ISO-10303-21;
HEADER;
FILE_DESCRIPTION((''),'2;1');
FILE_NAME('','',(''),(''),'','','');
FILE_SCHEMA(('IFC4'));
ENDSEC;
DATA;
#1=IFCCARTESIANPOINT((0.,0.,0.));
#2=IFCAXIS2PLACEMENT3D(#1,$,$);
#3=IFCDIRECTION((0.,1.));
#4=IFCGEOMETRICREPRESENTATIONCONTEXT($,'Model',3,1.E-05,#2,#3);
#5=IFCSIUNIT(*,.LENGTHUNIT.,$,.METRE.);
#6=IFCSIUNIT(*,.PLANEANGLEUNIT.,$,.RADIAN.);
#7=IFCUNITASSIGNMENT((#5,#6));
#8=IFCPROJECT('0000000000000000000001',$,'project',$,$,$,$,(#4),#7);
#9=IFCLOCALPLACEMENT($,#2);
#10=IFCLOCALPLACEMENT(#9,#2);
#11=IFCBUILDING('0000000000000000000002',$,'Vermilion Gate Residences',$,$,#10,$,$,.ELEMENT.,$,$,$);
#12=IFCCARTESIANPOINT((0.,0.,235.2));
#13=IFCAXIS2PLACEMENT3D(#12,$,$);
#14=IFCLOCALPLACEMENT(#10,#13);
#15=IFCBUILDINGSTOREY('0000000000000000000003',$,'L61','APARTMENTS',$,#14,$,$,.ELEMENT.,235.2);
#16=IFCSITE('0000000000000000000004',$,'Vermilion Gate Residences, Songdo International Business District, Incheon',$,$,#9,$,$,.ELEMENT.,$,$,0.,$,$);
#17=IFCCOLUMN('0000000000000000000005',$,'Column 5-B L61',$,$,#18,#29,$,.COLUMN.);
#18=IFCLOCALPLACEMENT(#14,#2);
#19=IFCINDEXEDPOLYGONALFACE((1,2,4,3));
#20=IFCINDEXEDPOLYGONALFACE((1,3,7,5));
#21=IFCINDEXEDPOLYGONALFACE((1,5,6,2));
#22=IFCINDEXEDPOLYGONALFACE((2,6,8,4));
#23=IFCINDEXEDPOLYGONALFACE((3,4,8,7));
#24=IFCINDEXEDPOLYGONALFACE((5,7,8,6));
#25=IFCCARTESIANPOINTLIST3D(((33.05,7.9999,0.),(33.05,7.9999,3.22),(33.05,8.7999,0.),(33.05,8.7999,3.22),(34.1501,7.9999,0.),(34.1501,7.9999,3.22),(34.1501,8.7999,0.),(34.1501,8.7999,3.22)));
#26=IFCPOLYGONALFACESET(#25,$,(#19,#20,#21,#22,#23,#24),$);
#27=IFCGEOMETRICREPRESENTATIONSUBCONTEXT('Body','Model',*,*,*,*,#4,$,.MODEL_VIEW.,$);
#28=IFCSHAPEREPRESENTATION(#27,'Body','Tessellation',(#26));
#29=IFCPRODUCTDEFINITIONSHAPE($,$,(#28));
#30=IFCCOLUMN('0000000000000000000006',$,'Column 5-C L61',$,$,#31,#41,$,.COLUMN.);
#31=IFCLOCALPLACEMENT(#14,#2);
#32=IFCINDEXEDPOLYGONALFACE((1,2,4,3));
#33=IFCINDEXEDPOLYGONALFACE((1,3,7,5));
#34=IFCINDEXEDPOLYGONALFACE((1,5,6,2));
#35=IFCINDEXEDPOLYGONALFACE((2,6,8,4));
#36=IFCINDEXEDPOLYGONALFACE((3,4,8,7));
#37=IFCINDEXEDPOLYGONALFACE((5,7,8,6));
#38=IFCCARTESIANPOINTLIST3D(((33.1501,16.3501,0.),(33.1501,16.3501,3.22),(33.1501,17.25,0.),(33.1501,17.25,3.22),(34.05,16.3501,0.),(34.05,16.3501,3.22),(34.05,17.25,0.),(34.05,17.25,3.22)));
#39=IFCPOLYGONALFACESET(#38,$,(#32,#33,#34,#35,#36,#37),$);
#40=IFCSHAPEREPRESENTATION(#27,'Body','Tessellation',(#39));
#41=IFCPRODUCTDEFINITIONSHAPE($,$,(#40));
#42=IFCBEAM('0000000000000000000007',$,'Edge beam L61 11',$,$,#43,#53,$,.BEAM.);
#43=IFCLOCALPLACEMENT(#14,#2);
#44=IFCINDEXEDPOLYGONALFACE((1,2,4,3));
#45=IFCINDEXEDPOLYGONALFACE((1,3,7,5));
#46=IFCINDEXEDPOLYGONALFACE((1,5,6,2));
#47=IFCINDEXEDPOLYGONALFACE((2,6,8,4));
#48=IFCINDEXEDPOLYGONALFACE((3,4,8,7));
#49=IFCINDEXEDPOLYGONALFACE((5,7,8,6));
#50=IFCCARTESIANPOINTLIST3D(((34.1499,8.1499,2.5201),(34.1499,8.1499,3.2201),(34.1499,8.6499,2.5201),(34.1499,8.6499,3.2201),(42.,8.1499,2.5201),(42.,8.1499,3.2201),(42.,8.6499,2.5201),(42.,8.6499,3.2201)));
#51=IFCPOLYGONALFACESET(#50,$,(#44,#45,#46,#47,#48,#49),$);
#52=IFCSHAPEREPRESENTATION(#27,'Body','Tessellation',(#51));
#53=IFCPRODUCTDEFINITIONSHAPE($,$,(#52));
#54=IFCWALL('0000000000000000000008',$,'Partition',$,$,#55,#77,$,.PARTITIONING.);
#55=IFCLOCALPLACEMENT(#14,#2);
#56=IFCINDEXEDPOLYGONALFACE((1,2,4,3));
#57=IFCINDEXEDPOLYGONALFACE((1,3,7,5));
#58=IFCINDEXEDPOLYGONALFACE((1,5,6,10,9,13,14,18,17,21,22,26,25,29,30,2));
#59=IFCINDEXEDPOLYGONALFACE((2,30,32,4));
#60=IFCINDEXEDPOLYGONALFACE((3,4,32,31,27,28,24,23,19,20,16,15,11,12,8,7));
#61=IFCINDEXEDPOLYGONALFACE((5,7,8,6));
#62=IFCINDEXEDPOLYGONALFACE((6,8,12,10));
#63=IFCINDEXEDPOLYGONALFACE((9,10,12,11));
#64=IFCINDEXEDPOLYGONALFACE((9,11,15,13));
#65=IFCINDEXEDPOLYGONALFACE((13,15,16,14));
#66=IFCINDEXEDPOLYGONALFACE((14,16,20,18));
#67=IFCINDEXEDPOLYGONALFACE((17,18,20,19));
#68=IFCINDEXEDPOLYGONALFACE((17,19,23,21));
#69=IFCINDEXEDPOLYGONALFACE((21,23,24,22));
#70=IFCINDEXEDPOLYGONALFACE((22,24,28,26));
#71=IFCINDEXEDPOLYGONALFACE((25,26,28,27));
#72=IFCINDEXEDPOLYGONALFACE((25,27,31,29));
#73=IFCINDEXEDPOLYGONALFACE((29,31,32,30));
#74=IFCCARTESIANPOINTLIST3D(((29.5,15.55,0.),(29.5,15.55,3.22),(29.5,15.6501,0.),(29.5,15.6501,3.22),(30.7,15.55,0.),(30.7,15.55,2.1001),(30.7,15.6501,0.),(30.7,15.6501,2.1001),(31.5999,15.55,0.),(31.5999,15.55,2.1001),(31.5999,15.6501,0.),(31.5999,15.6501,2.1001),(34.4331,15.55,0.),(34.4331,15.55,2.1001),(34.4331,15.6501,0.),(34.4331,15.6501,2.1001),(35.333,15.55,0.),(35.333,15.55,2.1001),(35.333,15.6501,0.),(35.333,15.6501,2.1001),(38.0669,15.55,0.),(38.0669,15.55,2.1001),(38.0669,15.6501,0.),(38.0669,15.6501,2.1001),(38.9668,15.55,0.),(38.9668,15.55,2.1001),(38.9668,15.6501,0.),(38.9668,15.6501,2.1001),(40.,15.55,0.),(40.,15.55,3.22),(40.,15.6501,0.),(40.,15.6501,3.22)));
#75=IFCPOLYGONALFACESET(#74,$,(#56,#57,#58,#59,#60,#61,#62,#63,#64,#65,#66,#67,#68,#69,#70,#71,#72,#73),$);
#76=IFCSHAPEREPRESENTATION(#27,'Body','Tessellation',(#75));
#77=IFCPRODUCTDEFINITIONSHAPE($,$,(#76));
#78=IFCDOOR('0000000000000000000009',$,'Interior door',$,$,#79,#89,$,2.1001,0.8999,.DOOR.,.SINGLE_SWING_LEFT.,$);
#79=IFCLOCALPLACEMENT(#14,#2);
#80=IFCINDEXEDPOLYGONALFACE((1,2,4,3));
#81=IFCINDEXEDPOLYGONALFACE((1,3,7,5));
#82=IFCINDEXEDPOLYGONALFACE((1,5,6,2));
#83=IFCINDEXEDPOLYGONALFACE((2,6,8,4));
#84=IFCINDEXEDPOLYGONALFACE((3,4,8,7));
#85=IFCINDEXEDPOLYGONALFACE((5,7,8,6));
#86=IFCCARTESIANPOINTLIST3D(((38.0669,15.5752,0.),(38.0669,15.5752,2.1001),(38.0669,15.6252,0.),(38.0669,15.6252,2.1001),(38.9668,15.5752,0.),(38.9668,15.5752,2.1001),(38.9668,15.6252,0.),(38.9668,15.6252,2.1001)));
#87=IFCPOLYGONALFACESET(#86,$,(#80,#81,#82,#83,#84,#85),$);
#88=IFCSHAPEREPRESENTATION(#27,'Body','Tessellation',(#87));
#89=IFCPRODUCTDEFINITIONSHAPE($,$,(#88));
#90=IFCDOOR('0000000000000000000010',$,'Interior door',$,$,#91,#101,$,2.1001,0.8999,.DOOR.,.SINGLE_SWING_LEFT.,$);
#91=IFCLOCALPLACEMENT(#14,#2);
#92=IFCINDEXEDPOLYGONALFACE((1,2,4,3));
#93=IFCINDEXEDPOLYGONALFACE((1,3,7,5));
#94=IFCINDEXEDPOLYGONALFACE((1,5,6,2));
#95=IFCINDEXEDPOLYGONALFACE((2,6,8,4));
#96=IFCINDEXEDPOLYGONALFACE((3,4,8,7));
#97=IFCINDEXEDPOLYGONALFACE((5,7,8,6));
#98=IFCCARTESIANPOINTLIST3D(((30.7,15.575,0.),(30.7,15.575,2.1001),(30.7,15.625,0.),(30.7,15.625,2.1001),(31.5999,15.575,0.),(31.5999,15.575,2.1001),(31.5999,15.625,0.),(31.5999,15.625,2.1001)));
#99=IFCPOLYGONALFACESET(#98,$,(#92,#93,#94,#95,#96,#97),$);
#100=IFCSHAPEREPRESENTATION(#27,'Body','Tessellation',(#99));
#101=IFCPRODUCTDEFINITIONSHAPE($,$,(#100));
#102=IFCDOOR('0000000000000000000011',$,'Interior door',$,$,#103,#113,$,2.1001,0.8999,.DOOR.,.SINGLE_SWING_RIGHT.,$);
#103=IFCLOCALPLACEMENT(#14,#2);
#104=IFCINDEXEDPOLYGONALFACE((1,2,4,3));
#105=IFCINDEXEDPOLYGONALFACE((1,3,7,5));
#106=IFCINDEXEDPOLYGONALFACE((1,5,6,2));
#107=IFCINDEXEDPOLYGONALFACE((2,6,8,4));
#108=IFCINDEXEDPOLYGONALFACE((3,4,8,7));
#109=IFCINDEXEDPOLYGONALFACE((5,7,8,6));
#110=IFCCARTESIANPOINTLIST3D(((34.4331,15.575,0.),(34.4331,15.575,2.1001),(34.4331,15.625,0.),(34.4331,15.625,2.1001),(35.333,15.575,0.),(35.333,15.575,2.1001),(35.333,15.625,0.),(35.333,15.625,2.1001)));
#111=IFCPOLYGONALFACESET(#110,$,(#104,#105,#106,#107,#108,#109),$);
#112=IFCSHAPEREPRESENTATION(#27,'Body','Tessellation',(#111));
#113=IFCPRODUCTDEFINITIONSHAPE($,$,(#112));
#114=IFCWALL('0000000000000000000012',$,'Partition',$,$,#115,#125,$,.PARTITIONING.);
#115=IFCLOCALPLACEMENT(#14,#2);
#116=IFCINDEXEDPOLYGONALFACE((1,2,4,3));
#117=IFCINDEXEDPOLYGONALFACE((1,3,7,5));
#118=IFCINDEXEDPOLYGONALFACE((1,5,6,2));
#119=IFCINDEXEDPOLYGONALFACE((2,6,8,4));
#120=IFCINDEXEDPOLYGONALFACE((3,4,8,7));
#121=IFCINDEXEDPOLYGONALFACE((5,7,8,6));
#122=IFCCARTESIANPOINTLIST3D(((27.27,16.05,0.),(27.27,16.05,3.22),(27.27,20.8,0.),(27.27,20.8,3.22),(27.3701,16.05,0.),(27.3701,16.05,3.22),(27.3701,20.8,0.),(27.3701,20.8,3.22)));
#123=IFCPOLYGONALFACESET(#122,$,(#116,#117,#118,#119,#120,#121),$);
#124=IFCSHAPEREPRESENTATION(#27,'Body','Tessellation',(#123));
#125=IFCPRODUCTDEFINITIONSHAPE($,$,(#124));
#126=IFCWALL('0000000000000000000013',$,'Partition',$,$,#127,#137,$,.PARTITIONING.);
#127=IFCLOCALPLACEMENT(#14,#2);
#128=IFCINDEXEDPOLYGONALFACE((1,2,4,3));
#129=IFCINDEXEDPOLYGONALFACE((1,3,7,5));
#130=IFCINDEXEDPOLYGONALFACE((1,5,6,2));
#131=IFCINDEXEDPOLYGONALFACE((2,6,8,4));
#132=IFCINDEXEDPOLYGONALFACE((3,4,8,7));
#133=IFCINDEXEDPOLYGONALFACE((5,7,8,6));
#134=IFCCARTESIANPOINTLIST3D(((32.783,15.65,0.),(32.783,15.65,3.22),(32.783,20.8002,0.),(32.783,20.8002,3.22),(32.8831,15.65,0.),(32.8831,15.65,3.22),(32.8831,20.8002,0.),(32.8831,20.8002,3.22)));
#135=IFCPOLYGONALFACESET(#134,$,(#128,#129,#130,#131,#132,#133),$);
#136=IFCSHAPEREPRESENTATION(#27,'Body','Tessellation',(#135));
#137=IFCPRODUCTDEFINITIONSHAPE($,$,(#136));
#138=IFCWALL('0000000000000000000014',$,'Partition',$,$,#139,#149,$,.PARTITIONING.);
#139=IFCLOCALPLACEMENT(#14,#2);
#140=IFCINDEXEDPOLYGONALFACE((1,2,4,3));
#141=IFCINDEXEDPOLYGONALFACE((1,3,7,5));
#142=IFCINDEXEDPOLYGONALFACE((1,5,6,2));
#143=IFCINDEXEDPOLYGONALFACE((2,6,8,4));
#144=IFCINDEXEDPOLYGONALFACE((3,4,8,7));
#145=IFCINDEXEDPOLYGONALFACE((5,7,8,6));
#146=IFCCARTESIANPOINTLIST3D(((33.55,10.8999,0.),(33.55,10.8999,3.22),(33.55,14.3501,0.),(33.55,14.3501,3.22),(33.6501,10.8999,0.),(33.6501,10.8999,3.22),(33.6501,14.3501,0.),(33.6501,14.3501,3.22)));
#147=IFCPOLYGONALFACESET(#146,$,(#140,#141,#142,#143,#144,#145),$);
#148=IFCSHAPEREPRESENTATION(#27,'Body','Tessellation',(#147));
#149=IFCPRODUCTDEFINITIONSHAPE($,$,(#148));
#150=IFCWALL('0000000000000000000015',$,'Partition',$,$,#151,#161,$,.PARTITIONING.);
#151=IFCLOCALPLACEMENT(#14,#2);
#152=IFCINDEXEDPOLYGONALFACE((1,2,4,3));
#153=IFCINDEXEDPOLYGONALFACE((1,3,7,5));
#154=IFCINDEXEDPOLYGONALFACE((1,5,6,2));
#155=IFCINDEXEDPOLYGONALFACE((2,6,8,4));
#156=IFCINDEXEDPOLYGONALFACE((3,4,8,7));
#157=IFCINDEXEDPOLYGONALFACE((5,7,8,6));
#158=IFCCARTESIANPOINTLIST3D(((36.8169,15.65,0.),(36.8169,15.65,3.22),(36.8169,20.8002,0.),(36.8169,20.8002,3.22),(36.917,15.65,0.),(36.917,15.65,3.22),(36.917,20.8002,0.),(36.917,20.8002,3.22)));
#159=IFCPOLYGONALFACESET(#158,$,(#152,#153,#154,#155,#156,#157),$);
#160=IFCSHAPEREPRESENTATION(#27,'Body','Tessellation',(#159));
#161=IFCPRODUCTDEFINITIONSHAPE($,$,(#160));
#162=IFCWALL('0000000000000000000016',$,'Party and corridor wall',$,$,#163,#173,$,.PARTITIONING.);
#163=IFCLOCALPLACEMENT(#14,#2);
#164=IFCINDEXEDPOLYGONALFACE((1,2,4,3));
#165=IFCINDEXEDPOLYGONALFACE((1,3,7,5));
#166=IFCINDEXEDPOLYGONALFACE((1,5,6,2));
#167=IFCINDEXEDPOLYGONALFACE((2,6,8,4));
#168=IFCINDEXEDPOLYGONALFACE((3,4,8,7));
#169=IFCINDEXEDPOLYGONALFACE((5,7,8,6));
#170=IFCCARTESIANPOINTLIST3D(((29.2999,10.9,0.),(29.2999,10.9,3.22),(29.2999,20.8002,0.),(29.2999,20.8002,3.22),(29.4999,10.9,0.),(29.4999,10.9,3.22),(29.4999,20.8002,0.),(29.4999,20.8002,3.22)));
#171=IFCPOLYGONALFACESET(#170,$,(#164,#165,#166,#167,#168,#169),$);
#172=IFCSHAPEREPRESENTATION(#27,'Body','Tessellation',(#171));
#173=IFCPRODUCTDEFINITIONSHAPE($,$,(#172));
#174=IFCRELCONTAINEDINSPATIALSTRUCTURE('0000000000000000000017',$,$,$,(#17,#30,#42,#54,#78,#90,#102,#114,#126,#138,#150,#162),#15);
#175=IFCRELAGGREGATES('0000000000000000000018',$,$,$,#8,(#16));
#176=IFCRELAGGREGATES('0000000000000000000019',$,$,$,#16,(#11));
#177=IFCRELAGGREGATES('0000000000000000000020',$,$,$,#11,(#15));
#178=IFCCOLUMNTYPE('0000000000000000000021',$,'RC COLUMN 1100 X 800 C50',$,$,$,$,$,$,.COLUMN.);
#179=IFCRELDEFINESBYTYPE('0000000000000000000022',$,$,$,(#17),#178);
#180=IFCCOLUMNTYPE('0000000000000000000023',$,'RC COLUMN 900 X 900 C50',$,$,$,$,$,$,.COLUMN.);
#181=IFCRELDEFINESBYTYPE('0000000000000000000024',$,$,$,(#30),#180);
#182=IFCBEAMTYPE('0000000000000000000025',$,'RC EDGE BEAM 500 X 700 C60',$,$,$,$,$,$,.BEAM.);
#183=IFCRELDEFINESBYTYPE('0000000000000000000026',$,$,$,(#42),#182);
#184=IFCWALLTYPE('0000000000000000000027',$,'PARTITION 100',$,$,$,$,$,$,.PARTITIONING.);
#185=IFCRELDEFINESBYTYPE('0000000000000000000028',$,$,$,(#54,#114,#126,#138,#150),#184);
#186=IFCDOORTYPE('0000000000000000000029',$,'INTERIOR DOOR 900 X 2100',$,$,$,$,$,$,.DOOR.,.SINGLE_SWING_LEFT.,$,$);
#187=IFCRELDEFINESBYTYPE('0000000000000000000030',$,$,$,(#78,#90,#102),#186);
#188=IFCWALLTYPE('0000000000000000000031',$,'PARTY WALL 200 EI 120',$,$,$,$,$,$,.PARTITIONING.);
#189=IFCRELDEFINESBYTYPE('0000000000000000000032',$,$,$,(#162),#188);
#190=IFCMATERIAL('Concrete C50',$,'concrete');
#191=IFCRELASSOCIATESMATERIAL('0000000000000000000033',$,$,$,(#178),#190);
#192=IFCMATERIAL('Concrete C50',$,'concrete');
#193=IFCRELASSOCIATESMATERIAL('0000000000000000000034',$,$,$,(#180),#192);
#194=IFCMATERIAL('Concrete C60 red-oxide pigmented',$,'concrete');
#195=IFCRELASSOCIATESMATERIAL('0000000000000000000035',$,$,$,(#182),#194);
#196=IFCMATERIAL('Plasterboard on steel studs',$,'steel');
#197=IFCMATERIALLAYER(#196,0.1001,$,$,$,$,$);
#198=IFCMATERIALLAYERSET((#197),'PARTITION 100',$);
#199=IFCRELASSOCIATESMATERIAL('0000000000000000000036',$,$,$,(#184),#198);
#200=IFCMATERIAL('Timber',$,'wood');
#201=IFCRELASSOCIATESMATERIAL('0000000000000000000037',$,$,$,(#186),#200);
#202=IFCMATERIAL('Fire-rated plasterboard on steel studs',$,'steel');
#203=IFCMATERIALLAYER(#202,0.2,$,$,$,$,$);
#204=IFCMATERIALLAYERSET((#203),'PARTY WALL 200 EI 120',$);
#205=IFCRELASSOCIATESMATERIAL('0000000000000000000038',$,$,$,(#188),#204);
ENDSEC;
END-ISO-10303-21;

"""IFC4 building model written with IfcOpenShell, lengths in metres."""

from ifc_helpers import new_model, si_unit, direction, frame, frame_2d, origin, origin_2d, place, context, subcontext, project, spatial, rectangle, extrude, material, layer, layer_set, material_profile, profile_set, type_object, element, fill, save


model = new_model("IFC4")

# Units and contexts
model_context = context("Model", 3, precision=1e-05, world=origin(), true_north=direction((0.0, 1.0)))
body_context = subcontext(model_context, "Body", "Model", "MODEL_VIEW")
ifc_project = project(units=[si_unit("LENGTHUNIT", "METRE"), si_unit("PLANEANGLEUNIT", "RADIAN")], contexts=[model_context])

# Site, building, storey
site_placement = place(None, origin())
site = spatial("IfcSite", under=ifc_project, at=site_placement, Name="Vermilion Gate Residences, Songdo International Business District, Incheon", CompositionType="ELEMENT", RefElevation=0.0)
building_placement = place(site_placement, origin())
building = spatial("IfcBuilding", under=site, at=building_placement, Name="Vermilion Gate Residences", CompositionType="ELEMENT")
storey_placement = place(building_placement, frame((0.0, 0.0, 235.2)))
storey = spatial("IfcBuildingStorey", under=building, at=storey_placement, Name="L61", Description="APARTMENTS", CompositionType="ELEMENT", Elevation=235.2)

# Columns
ifc_material_1 = material(Name="Concrete C50", Category="concrete")
ifc_material_profile_1 = material_profile(ifc_material_1, rectangle(XDim=1.1001, YDim=0.8, at=origin_2d()), Name="RC-1100x800")
ifc_profile_set_1 = profile_set([ifc_material_profile_1], Name="Concrete C50")
column_type_1 = type_object("IfcColumnType", Name="RC COLUMN 1100 X 800 C50", PredefinedType="COLUMN", material=ifc_profile_set_1)
column_1_placement = place(storey_placement, frame((33.6001, 8.3999, 0.0), z_axis=(0.0, 0.0, 1.0), x_axis=(1.0, 0.0, 0.0)))
element("IfcColumn", 1, at=column_1_placement, inside=storey, type_object=column_type_1, Name="Column 5-B L61", PredefinedType="COLUMN", context=body_context, shape_type="SweptSolid", body=[
    extrude(rectangle(XDim=1.1001, YDim=0.8, at=origin_2d()), origin(), (0.0, 0.0, 1.0), 3.22),
])
ifc_material_2 = material(Name="Concrete C50", Category="concrete")
ifc_material_profile_2 = material_profile(ifc_material_2, rectangle(XDim=0.8999, YDim=0.8999, at=origin_2d()), Name="RC-900x900")
ifc_profile_set_2 = profile_set([ifc_material_profile_2], Name="Concrete C50")
column_type_2 = type_object("IfcColumnType", Name="RC COLUMN 900 X 900 C50", PredefinedType="COLUMN", material=ifc_profile_set_2)
column_2_placement = place(storey_placement, frame((33.6001, 16.8, 0.0), z_axis=(0.0, 0.0, 1.0), x_axis=(1.0, 0.0, 0.0)))
element("IfcColumn", 2, at=column_2_placement, inside=storey, type_object=column_type_2, Name="Column 5-C L61", PredefinedType="COLUMN", context=body_context, shape_type="SweptSolid", body=[
    extrude(rectangle(XDim=0.8999, YDim=0.8999, at=origin_2d()), origin(), (0.0, 0.0, 1.0), 3.22),
])

# Beam
ifc_material_3 = material(Name="Concrete C60 red-oxide pigmented", Category="concrete")
ifc_material_profile_3 = material_profile(ifc_material_3, rectangle(XDim=0.5, YDim=0.7, at=origin_2d()), Name="RC-500x700")
ifc_profile_set_3 = profile_set([ifc_material_profile_3], Name="Concrete C60 red-oxide pigmented")
beam_type = type_object("IfcBeamType", Name="RC EDGE BEAM 500 X 700 C60", PredefinedType="BEAM", material=ifc_profile_set_3)
beam_placement = place(storey_placement, frame((34.1499, 8.3999, 2.8701), z_axis=(1.0, 0.0, 0.0), x_axis=(0.0, 1.0, 0.0)))
element("IfcBeam", 3, at=beam_placement, inside=storey, type_object=beam_type, Name="Edge beam L61 11", PredefinedType="BEAM", context=body_context, shape_type="SweptSolid", body=[
    extrude(rectangle(XDim=0.5, YDim=0.7, at=origin_2d()), origin(), (0.0, 0.0, 1.0), 7.8501),
])

# Wall, openings, doors
ifc_material_4 = material(Name="Plasterboard on steel studs", Category="steel")
ifc_layer_1 = layer(ifc_material_4, 0.1001)
ifc_layer_set_1 = layer_set([ifc_layer_1], Name="PARTITION 100")
wall_type_1 = type_object("IfcWallType", Name="PARTITION 100", PredefinedType="PARTITIONING", material=ifc_layer_set_1)
wall_1_placement = place(storey_placement, frame((29.5, 15.6001, 0.0), z_axis=(0.0, 0.0, 1.0), x_axis=(1.0, 0.0, 0.0)))
wall_1 = element("IfcWall", 4, at=wall_1_placement, inside=storey, type_object=wall_type_1, Name="Partition", PredefinedType="PARTITIONING", context=body_context, shape_type="SweptSolid", body=[
    extrude(rectangle(XDim=10.5, YDim=0.1001, at=frame_2d((5.25, 0.0))), origin(), (0.0, 0.0, 1.0), 3.22),
])
opening_1_placement = place(wall_1_placement, frame((8.5669, 0.0, 0.0)))
opening_1 = element("IfcOpeningElement", 5, at=opening_1_placement, cuts=wall_1, PredefinedType="OPENING", context=body_context, shape_type="SweptSolid", body=[
    extrude(rectangle(XDim=0.8999, YDim=2.1001, at=frame_2d((0.45, 1.05))), frame((0.0, 0.0601, 0.0), z_axis=(0.0, -1.0, 0.0), x_axis=(1.0, 0.0, 0.0)), (0.0, 0.0, 1.0), 0.1201),
])
opening_2_placement = place(wall_1_placement, frame((1.2, 0.0, 0.0)))
opening_2 = element("IfcOpeningElement", 6, at=opening_2_placement, cuts=wall_1, PredefinedType="OPENING", context=body_context, shape_type="SweptSolid", body=[
    extrude(rectangle(XDim=0.8999, YDim=2.1001, at=frame_2d((0.45, 1.05))), frame((0.0, 0.0601, 0.0), z_axis=(0.0, -1.0, 0.0), x_axis=(1.0, 0.0, 0.0)), (0.0, 0.0, 1.0), 0.1201),
])
opening_3_placement = place(wall_1_placement, frame((4.9331, 0.0, 0.0)))
opening_3 = element("IfcOpeningElement", 7, at=opening_3_placement, cuts=wall_1, PredefinedType="OPENING", context=body_context, shape_type="SweptSolid", body=[
    extrude(rectangle(XDim=0.8999, YDim=2.1001, at=frame_2d((0.45, 1.05))), frame((0.0, 0.0601, 0.0), z_axis=(0.0, -1.0, 0.0), x_axis=(1.0, 0.0, 0.0)), (0.0, 0.0, 1.0), 0.1201),
])
ifc_material_5 = material(Name="Timber", Category="wood")
door_type = type_object("IfcDoorType", Name="INTERIOR DOOR 900 X 2100", OperationType="SINGLE_SWING_LEFT", PredefinedType="DOOR", material=ifc_material_5)
door_1_placement = place(opening_1_placement, frame((0.8999, 0.0, 0.0), z_axis=(0.0, 0.0, 1.0), x_axis=(-1.0, 0.0, 0.0)))
door_1 = element("IfcDoor", 8, at=door_1_placement, inside=storey, type_object=door_type, Name="Interior door", OperationType="SINGLE_SWING_LEFT", OverallHeight=2.1001, OverallWidth=0.8999, PredefinedType="DOOR", context=body_context, shape_type="SweptSolid", body=[
    extrude(rectangle(XDim=0.8999, YDim=2.1001, at=frame_2d((0.45, 1.05))), frame((0.0, 0.0249, 0.0), z_axis=(0.0, -1.0, 0.0), x_axis=(1.0, 0.0, 0.0)), (0.0, 0.0, 1.0), 0.05),
])
fill(opening_1, door_1)
door_2_placement = place(opening_2_placement, origin())
door_2 = element("IfcDoor", 9, at=door_2_placement, inside=storey, type_object=door_type, Name="Interior door", OperationType="SINGLE_SWING_LEFT", OverallHeight=2.1001, OverallWidth=0.8999, PredefinedType="DOOR", context=body_context, shape_type="SweptSolid", body=[
    extrude(rectangle(XDim=0.8999, YDim=2.1001, at=frame_2d((0.45, 1.05))), frame((0.0, 0.0249, 0.0), z_axis=(0.0, -1.0, 0.0), x_axis=(1.0, 0.0, 0.0)), (0.0, 0.0, 1.0), 0.05),
])
fill(opening_2, door_2)
door_3_placement = place(opening_3_placement, origin())
door_3 = element("IfcDoor", 10, at=door_3_placement, inside=storey, type_object=door_type, Name="Interior door", OperationType="SINGLE_SWING_RIGHT", OverallHeight=2.1001, OverallWidth=0.8999, PredefinedType="DOOR", context=body_context, shape_type="SweptSolid", body=[
    extrude(rectangle(XDim=0.8999, YDim=2.1001, at=frame_2d((0.45, 1.05))), frame((0.0, 0.0249, 0.0), z_axis=(0.0, -1.0, 0.0), x_axis=(1.0, 0.0, 0.0)), (0.0, 0.0, 1.0), 0.05),
])
fill(opening_3, door_3)

# Walls
wall_2_placement = place(storey_placement, frame((27.3201, 16.05, 0.0), z_axis=(0.0, 0.0, 1.0), x_axis=(0.0, 1.0, 0.0)))
element("IfcWall", 11, at=wall_2_placement, inside=storey, type_object=wall_type_1, Name="Partition", PredefinedType="PARTITIONING", context=body_context, shape_type="SweptSolid", body=[
    extrude(rectangle(XDim=4.75, YDim=0.1001, at=frame_2d((2.375, 0.0))), origin(), (0.0, 0.0, 1.0), 3.22),
])
wall_3_placement = place(storey_placement, frame((32.833, 15.6499, 0.0), z_axis=(0.0, 0.0, 1.0), x_axis=(0.0, 1.0, 0.0)))
element("IfcWall", 12, at=wall_3_placement, inside=storey, type_object=wall_type_1, Name="Partition", PredefinedType="PARTITIONING", context=body_context, shape_type="SweptSolid", body=[
    extrude(rectangle(XDim=5.1501, YDim=0.1001, at=frame_2d((2.5752, 0.0))), origin(), (0.0, 0.0, 1.0), 3.22),
])
wall_4_placement = place(storey_placement, frame((33.6001, 10.8999, 0.0), z_axis=(0.0, 0.0, 1.0), x_axis=(0.0, 1.0, 0.0)))
element("IfcWall", 13, at=wall_4_placement, inside=storey, type_object=wall_type_1, Name="Partition", PredefinedType="PARTITIONING", context=body_context, shape_type="SweptSolid", body=[
    extrude(rectangle(XDim=3.4502, YDim=0.1001, at=frame_2d((1.7251, 0.0))), origin(), (0.0, 0.0, 1.0), 3.22),
])
wall_5_placement = place(storey_placement, frame((36.8669, 15.6499, 0.0), z_axis=(0.0, 0.0, 1.0), x_axis=(0.0, 1.0, 0.0)))
element("IfcWall", 14, at=wall_5_placement, inside=storey, type_object=wall_type_1, Name="Partition", PredefinedType="PARTITIONING", context=body_context, shape_type="SweptSolid", body=[
    extrude(rectangle(XDim=5.1501, YDim=0.1001, at=frame_2d((2.5752, 0.0))), origin(), (0.0, 0.0, 1.0), 3.22),
])
ifc_material_6 = material(Name="Fire-rated plasterboard on steel studs", Category="steel")
ifc_layer_2 = layer(ifc_material_6, 0.2)
ifc_layer_set_2 = layer_set([ifc_layer_2], Name="PARTY WALL 200 EI 120")
wall_type_2 = type_object("IfcWallType", Name="PARTY WALL 200 EI 120", PredefinedType="PARTITIONING", material=ifc_layer_set_2)
wall_6_placement = place(storey_placement, frame((29.3999, 10.8999, 0.0), z_axis=(0.0, 0.0, 1.0), x_axis=(0.0, 1.0, 0.0)))
element("IfcWall", 15, at=wall_6_placement, inside=storey, type_object=wall_type_2, Name="Party and corridor wall", PredefinedType="PARTITIONING", context=body_context, shape_type="SweptSolid", body=[
    extrude(rectangle(XDim=9.9001, YDim=0.2, at=frame_2d((4.9502, 0.0))), origin(), (0.0, 0.0, 1.0), 3.22),
])

save(model, "model.ifc")
